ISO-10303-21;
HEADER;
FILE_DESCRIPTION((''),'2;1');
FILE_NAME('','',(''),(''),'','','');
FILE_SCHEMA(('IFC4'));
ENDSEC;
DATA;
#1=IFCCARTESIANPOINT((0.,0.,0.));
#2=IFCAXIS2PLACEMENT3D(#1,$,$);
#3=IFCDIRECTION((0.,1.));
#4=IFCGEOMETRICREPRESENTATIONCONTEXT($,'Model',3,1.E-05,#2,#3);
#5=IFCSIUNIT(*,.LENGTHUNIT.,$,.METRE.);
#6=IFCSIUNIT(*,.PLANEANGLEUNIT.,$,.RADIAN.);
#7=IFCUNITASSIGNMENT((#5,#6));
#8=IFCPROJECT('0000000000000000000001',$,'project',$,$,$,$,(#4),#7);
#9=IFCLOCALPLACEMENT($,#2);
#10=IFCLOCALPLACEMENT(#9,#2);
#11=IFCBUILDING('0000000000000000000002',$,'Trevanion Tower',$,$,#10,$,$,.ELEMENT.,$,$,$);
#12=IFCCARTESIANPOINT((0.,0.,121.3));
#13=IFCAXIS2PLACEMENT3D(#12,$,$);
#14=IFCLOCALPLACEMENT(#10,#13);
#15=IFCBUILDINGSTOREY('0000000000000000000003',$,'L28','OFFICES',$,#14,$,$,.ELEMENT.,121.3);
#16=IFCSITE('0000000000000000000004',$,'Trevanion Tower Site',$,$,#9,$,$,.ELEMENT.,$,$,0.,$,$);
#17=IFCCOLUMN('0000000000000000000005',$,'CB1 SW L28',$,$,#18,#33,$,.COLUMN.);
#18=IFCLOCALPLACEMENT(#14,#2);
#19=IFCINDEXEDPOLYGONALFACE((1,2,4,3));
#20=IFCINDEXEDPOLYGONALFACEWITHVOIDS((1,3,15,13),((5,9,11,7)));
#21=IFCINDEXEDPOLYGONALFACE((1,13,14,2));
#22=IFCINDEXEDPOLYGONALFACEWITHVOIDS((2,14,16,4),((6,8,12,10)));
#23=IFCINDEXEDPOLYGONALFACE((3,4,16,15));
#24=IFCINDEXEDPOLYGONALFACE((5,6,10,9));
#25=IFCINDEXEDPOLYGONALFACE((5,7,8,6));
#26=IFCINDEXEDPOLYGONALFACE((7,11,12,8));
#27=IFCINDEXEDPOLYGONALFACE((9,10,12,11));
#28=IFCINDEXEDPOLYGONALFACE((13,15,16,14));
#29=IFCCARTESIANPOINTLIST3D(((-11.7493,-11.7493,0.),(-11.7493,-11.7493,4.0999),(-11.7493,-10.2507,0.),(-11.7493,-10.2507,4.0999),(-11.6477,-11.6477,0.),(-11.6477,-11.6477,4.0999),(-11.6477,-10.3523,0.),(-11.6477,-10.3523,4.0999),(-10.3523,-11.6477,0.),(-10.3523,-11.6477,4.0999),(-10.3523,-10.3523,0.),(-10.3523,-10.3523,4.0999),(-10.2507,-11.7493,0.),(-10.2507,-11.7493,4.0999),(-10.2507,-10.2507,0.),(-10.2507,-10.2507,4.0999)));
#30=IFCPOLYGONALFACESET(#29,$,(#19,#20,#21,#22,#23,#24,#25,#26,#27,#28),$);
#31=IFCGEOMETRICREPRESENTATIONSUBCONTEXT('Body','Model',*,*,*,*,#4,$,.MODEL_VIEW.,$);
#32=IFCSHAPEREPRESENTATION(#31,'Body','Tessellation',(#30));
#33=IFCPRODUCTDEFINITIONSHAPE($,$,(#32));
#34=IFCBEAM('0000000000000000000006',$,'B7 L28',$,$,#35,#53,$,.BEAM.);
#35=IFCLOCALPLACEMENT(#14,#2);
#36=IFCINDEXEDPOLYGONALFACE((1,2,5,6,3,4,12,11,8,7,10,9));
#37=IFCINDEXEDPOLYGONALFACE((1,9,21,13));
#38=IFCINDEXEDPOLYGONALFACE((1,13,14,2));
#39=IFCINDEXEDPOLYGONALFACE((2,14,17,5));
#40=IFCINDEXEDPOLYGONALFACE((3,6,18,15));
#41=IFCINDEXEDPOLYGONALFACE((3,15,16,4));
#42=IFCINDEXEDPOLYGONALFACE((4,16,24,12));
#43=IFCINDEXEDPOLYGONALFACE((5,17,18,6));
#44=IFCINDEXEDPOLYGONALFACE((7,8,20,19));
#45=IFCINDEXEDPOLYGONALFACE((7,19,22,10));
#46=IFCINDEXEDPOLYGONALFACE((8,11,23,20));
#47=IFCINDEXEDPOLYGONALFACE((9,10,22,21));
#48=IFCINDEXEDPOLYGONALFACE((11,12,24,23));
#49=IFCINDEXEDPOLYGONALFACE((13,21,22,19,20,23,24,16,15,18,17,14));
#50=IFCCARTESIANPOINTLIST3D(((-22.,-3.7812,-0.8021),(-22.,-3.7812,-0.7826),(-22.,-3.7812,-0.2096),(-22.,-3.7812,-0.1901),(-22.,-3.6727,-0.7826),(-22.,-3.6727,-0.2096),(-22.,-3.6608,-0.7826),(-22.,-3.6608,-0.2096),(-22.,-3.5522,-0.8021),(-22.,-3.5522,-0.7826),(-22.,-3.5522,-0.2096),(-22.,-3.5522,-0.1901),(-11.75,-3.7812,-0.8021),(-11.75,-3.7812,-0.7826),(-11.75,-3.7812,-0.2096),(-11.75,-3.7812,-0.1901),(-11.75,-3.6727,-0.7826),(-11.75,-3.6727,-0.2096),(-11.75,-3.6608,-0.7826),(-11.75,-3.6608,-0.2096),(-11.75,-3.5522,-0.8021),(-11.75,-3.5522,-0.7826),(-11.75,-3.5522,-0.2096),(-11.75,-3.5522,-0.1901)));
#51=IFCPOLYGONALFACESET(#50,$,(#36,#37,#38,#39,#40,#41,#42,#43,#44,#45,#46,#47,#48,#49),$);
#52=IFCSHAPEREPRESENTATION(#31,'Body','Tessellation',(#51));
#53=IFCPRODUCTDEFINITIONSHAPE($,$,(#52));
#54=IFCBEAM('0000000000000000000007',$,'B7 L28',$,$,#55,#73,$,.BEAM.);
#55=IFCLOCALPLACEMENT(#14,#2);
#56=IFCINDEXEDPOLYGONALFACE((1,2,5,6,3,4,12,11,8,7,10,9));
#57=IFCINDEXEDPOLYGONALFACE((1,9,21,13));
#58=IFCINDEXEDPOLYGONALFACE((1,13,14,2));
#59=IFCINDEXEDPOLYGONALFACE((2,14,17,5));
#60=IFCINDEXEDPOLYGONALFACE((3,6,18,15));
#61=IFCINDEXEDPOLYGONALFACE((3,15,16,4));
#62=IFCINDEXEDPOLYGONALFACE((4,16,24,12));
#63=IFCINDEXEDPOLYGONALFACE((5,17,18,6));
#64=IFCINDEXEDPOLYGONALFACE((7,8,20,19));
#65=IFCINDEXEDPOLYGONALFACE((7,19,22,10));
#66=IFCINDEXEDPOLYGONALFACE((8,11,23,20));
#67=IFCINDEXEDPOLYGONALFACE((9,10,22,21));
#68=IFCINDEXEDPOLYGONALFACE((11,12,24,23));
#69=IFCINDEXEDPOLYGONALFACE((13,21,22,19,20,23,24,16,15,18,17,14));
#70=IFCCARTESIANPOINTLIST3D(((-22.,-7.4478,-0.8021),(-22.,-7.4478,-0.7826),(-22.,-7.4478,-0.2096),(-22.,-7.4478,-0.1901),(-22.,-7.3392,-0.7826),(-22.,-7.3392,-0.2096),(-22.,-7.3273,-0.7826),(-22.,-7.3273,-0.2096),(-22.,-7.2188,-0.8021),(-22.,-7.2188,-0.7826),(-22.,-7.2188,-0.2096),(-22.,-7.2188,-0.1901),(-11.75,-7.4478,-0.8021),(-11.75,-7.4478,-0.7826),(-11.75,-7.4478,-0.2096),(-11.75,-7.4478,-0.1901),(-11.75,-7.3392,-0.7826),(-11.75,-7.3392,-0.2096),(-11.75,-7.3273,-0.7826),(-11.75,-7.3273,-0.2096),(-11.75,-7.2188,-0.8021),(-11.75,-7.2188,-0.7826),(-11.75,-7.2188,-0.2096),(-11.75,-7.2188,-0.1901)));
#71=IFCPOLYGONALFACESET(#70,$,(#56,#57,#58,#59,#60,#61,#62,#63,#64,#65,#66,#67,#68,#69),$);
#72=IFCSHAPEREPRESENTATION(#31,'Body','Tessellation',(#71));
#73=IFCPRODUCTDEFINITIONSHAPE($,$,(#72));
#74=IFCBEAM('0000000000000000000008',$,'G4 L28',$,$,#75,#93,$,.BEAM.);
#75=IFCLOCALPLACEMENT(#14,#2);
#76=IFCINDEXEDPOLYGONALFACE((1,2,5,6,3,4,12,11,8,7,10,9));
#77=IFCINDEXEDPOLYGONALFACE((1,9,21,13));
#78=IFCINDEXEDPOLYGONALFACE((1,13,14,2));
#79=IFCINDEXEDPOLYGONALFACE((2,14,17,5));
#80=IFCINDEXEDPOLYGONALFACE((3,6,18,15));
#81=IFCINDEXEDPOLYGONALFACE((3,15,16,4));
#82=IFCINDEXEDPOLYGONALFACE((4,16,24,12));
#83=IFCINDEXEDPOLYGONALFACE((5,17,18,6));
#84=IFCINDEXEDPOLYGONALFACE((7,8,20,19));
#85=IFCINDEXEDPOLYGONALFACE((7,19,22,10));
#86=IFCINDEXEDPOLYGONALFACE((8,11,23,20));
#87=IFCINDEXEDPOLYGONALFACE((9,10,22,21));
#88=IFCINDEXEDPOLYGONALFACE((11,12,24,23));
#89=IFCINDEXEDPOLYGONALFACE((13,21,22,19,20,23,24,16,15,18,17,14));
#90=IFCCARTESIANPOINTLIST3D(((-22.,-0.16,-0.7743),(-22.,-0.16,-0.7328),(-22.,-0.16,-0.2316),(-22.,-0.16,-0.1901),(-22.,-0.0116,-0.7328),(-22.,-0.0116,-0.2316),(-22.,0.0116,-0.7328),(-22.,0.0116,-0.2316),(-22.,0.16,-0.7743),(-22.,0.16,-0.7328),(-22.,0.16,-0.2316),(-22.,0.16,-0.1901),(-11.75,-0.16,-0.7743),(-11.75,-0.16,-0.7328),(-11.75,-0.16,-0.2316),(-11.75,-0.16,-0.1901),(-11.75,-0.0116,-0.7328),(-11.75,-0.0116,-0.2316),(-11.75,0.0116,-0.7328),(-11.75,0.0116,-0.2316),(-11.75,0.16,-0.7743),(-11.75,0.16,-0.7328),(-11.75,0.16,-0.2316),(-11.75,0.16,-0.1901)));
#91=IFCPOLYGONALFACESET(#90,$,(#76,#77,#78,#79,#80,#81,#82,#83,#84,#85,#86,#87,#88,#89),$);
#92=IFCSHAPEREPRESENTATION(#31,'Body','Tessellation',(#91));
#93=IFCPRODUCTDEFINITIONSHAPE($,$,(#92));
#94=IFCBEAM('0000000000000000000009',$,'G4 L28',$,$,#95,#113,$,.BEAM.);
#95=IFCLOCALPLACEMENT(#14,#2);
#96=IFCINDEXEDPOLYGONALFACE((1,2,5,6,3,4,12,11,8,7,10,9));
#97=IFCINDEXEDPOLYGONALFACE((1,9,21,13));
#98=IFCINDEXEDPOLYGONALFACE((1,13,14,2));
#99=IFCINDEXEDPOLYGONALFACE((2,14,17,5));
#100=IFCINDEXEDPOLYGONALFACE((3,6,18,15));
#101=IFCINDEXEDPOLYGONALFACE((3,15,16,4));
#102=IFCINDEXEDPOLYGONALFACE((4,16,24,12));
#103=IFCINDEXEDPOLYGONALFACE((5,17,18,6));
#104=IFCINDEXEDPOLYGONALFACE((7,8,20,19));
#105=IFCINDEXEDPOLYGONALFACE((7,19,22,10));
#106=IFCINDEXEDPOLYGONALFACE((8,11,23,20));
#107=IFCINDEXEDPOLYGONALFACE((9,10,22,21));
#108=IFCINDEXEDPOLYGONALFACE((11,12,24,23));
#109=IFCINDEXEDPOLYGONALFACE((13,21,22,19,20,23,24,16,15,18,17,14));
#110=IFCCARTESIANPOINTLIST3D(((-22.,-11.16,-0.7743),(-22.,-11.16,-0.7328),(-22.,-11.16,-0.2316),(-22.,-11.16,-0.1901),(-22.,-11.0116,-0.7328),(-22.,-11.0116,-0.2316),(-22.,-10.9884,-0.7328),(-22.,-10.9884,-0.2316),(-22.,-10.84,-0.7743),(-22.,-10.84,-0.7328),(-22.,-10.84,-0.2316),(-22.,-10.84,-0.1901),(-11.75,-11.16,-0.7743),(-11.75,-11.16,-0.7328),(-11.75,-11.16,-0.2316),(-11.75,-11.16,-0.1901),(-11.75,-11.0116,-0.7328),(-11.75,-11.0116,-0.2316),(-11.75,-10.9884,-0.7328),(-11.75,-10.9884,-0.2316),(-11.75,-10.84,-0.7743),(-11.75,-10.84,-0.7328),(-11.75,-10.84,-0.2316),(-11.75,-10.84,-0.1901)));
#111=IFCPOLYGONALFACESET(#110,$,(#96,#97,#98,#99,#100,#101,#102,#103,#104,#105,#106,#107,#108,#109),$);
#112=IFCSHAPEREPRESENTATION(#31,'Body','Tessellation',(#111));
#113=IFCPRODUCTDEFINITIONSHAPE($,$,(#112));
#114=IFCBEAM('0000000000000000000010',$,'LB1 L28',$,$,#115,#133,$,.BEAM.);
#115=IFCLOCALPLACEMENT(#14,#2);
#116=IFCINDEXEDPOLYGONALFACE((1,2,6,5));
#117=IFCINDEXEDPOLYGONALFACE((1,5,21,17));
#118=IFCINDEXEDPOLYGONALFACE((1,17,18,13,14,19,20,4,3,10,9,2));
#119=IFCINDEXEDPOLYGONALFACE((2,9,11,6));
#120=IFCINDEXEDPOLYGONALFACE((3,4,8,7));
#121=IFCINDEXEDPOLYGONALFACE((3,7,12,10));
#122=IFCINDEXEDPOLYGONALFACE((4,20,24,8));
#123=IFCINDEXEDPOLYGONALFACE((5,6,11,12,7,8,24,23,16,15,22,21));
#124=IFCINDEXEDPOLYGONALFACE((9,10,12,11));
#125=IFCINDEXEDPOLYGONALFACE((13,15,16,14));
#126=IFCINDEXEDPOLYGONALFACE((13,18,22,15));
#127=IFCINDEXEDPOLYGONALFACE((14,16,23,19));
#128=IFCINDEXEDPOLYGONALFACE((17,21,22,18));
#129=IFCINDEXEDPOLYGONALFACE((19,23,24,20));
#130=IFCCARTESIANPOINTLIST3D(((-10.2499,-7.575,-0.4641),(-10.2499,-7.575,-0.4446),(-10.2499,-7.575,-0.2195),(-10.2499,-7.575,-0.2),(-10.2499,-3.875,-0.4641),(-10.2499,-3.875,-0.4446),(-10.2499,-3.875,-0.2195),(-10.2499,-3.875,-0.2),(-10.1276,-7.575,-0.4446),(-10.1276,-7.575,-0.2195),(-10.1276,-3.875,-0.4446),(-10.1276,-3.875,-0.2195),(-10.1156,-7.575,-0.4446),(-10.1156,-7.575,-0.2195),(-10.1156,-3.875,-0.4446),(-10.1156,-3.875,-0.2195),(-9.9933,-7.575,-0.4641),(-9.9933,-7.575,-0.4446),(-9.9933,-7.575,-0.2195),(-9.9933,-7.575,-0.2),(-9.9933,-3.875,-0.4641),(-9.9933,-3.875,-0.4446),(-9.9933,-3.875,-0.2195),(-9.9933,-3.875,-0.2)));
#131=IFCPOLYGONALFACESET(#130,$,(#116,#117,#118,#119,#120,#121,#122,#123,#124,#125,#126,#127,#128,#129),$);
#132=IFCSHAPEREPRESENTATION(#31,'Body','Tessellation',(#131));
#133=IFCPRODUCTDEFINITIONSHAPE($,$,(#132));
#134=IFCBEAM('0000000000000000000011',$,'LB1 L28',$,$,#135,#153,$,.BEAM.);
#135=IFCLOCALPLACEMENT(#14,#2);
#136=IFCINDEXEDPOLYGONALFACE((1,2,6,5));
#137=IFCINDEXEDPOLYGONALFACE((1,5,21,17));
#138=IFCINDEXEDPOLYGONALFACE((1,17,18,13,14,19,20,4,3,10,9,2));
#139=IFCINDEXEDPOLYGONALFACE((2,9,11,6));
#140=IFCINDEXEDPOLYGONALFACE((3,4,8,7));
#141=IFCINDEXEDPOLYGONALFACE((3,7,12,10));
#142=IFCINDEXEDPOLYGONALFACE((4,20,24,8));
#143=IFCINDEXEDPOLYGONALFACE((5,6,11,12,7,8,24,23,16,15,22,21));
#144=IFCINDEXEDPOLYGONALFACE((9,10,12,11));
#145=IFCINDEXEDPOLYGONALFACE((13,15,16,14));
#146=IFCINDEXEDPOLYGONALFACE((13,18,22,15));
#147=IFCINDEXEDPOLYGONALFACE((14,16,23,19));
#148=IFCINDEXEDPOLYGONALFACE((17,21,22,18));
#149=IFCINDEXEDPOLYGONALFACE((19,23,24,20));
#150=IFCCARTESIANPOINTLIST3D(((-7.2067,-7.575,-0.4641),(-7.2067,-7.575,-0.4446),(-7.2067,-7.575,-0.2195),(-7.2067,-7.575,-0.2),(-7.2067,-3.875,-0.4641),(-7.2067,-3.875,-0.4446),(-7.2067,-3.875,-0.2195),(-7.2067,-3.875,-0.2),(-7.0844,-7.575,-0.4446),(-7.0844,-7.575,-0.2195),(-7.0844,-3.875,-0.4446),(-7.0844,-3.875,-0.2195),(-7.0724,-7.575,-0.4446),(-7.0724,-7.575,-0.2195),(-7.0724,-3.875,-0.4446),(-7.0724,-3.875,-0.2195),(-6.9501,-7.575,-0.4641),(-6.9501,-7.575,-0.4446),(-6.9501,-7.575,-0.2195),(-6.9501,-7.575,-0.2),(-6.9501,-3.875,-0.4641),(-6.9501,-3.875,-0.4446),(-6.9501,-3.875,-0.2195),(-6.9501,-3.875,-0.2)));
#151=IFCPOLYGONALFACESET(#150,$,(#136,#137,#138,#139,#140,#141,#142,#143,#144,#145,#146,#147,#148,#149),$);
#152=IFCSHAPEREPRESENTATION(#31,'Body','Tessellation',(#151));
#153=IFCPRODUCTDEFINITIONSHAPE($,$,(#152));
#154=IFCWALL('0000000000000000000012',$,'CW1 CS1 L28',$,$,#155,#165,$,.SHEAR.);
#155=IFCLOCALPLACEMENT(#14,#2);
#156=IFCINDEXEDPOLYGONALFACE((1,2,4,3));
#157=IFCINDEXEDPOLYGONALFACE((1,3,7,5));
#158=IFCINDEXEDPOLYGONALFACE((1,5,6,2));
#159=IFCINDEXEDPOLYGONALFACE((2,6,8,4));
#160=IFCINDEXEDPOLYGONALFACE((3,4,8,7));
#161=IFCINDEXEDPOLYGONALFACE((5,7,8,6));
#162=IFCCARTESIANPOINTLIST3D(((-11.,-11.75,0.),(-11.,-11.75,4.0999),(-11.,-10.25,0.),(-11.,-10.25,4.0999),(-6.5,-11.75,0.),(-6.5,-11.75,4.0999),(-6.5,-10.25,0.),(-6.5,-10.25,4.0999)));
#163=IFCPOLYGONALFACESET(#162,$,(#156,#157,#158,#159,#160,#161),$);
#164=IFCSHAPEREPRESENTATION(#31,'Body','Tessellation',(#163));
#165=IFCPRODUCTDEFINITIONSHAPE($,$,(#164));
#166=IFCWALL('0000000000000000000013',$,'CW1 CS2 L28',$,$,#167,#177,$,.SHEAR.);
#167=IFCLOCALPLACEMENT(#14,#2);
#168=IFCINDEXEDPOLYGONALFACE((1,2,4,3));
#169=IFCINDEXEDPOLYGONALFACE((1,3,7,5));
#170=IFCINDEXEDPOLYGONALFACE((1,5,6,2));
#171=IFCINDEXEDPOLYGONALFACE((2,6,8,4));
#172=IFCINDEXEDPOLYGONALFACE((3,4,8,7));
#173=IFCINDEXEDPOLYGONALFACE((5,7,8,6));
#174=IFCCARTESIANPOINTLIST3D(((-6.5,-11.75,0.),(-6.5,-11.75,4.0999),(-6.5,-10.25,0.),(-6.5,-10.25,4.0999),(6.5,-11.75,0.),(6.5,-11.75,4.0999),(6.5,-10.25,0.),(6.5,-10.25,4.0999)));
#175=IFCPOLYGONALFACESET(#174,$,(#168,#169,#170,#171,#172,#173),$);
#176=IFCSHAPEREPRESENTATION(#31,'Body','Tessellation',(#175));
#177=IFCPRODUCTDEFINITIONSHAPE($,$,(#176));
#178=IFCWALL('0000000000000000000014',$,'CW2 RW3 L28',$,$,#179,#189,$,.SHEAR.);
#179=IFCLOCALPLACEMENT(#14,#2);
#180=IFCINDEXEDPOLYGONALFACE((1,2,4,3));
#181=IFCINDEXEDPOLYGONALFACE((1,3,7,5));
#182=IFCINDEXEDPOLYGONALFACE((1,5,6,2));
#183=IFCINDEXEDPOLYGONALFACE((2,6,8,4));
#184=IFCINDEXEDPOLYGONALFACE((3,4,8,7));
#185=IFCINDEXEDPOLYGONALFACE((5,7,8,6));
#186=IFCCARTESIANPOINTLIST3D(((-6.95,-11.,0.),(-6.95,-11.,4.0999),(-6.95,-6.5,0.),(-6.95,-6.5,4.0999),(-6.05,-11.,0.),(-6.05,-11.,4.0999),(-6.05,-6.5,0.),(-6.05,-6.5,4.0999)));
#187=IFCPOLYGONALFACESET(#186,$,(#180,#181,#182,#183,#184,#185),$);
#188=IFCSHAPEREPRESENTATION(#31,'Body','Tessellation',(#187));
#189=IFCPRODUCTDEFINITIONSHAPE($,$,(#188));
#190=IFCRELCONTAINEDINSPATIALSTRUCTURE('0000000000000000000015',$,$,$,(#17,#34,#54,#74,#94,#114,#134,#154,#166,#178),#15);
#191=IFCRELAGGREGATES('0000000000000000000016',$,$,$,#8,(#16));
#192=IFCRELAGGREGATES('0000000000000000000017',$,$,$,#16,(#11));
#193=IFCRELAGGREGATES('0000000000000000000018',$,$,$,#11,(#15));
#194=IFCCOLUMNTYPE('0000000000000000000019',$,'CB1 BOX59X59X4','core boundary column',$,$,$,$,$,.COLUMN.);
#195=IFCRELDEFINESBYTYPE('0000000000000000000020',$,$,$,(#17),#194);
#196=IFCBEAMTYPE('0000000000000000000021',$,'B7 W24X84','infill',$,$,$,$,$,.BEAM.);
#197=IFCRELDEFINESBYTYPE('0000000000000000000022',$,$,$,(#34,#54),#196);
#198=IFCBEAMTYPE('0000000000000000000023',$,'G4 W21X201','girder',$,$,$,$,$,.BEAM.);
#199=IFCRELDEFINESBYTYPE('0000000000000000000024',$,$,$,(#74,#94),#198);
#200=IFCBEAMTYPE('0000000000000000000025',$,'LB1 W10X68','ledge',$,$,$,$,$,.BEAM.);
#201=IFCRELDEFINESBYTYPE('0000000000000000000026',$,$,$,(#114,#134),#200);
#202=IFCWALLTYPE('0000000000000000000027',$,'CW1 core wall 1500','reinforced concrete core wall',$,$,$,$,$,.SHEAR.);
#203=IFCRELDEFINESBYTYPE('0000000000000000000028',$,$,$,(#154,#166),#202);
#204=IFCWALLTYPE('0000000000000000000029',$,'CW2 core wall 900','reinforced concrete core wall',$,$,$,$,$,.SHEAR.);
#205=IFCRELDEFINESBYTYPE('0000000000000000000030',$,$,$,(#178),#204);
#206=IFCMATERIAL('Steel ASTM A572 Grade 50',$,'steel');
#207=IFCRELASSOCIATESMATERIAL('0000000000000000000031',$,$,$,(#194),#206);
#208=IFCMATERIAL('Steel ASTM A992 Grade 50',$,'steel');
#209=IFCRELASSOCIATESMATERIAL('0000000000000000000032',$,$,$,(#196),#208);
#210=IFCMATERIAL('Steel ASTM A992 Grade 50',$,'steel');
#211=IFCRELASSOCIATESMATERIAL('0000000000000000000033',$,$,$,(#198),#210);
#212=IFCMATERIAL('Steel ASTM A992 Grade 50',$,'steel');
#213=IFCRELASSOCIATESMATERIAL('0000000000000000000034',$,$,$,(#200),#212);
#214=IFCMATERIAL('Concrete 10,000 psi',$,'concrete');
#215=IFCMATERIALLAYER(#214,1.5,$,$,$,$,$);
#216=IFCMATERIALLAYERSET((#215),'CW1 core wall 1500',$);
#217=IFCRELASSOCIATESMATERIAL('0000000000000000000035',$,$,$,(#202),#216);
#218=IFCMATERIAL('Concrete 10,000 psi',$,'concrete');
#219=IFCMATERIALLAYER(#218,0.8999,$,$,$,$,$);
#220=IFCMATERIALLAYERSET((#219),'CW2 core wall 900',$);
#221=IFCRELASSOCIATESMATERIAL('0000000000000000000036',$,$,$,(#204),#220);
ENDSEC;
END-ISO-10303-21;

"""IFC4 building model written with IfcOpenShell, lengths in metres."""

from ifc_helpers import new_model, si_unit, direction, frame, frame_2d, origin, origin_2d, place, context, subcontext, project, spatial, rectangle, hollow_rectangle, i_section, extrude, material, layer, layer_set, material_profile, profile_set, type_object, element, save


model = new_model("IFC4")

# Units and contexts
model_context = context("Model", 3, precision=1e-05, world=origin(), true_north=direction((0.0, 1.0)))
body_context = subcontext(model_context, "Body", "Model", "MODEL_VIEW")
ifc_project = project(units=[si_unit("LENGTHUNIT", "METRE"), si_unit("PLANEANGLEUNIT", "RADIAN")], contexts=[model_context])

# Site, building, storey
site_placement = place(None, origin())
site = spatial("IfcSite", under=ifc_project, at=site_placement, Name="Trevanion Tower Site", CompositionType="ELEMENT", RefElevation=0.0)
building_placement = place(site_placement, origin())
building = spatial("IfcBuilding", under=site, at=building_placement, Name="Trevanion Tower", CompositionType="ELEMENT")
storey_placement = place(building_placement, frame((0.0, 0.0, 121.3)))
storey = spatial("IfcBuildingStorey", under=building, at=storey_placement, Name="L28", Description="OFFICES", CompositionType="ELEMENT", Elevation=121.3)

# Column
ifc_material_1 = material(Name="Steel ASTM A572 Grade 50", Category="steel")
ifc_material_profile_1 = material_profile(ifc_material_1, hollow_rectangle(XDim=1.4985, YDim=1.4985, WallThickness=0.1016, at=origin_2d()), Name="BOX59X59X4")
ifc_profile_set_1 = profile_set([ifc_material_profile_1], Name="Steel ASTM A572 Grade 50")
column_type = type_object("IfcColumnType", Name="CB1 BOX59X59X4", Description="core boundary column", PredefinedType="COLUMN", material=ifc_profile_set_1)
column_placement = place(storey_placement, frame((-11.0, -11.0, 0.0), z_axis=(0.0, 0.0, 1.0), x_axis=(1.0, 0.0, 0.0)))
element("IfcColumn", 1, at=column_placement, inside=storey, type_object=column_type, Name="CB1 SW L28", PredefinedType="COLUMN", context=body_context, shape_type="SweptSolid", body=[
    extrude(hollow_rectangle(XDim=1.4985, YDim=1.4985, WallThickness=0.1016, at=origin_2d()), origin(), (0.0, 0.0, 1.0), 4.0999),
])

# Beams
ifc_material_2 = material(Name="Steel ASTM A992 Grade 50", Category="steel")
ifc_material_profile_2 = material_profile(ifc_material_2, i_section(OverallWidth=0.229, OverallDepth=0.6121, WebThickness=0.012, FlangeThickness=0.0195, at=origin_2d()), Name="W24X84")
ifc_profile_set_2 = profile_set([ifc_material_profile_2], Name="Steel ASTM A992 Grade 50")
beam_type_1 = type_object("IfcBeamType", Name="B7 W24X84", Description="infill", PredefinedType="BEAM", material=ifc_profile_set_2)
for number, where, z_axis, x_axis, name in (
    (2, (-11.75, -3.6667, -0.4961), (-1.0, 0.0, 0.0), (0.0, -1.0, 0.0), "B7 L28"),
    (3, (-11.75, -7.3333, -0.4961), (-1.0, 0.0, 0.0), (0.0, -1.0, 0.0), "B7 L28"),
):
    element("IfcBeam", number, at=place(storey_placement, frame(where, z_axis=z_axis, x_axis=x_axis)), inside=storey, type_object=beam_type_1, Name=name, PredefinedType="BEAM", context=body_context, shape_type="SweptSolid", body=[
        extrude(i_section(OverallWidth=0.229, OverallDepth=0.6121, WebThickness=0.012, FlangeThickness=0.0195, at=origin_2d()), origin(), (0.0, 0.0, 1.0), 10.25),
    ])
ifc_material_3 = material(Name="Steel ASTM A992 Grade 50", Category="steel")
ifc_material_profile_3 = material_profile(ifc_material_3, i_section(OverallWidth=0.3201, OverallDepth=0.5842, WebThickness=0.0232, FlangeThickness=0.0415, at=origin_2d()), Name="W21X201")
ifc_profile_set_3 = profile_set([ifc_material_profile_3], Name="Steel ASTM A992 Grade 50")
beam_type_2 = type_object("IfcBeamType", Name="G4 W21X201", Description="girder", PredefinedType="BEAM", material=ifc_profile_set_3)
for number, where, z_axis, x_axis, name in (
    (4, (-11.75, 0.0, -0.4822), (-1.0, 0.0, 0.0), (0.0, -1.0, 0.0), "G4 L28"),
    (5, (-11.75, -11.0, -0.4822), (-1.0, 0.0, 0.0), (0.0, -1.0, 0.0), "G4 L28"),
):
    element("IfcBeam", number, at=place(storey_placement, frame(where, z_axis=z_axis, x_axis=x_axis)), inside=storey, type_object=beam_type_2, Name=name, PredefinedType="BEAM", context=body_context, shape_type="SweptSolid", body=[
        extrude(i_section(OverallWidth=0.3201, OverallDepth=0.5842, WebThickness=0.0232, FlangeThickness=0.0415, at=origin_2d()), origin(), (0.0, 0.0, 1.0), 10.25),
    ])
ifc_material_4 = material(Name="Steel ASTM A992 Grade 50", Category="steel")
ifc_material_profile_4 = material_profile(ifc_material_4, i_section(OverallWidth=0.2566, OverallDepth=0.2642, WebThickness=0.012, FlangeThickness=0.0195, at=origin_2d()), Name="W10X68")
ifc_profile_set_4 = profile_set([ifc_material_profile_4], Name="Steel ASTM A992 Grade 50")
beam_type_3 = type_object("IfcBeamType", Name="LB1 W10X68", Description="ledge", PredefinedType="BEAM", material=ifc_profile_set_4)
for number, where, z_axis, x_axis, name in (
    (6, (-10.1216, -7.575, -0.332), (0.0, 1.0, 0.0), (-1.0, 0.0, 0.0), "LB1 L28"),
    (7, (-7.0784, -7.575, -0.332), (0.0, 1.0, 0.0), (-1.0, 0.0, 0.0), "LB1 L28"),
):
    element("IfcBeam", number, at=place(storey_placement, frame(where, z_axis=z_axis, x_axis=x_axis)), inside=storey, type_object=beam_type_3, Name=name, PredefinedType="BEAM", context=body_context, shape_type="SweptSolid", body=[
        extrude(i_section(OverallWidth=0.2566, OverallDepth=0.2642, WebThickness=0.012, FlangeThickness=0.0195, at=origin_2d()), origin(), (0.0, 0.0, 1.0), 3.7),
    ])

# Walls
ifc_material_5 = material(Name="Concrete 10,000 psi", Category="concrete")
ifc_layer_1 = layer(ifc_material_5, 1.5)
ifc_layer_set_1 = layer_set([ifc_layer_1], Name="CW1 core wall 1500")
wall_type_1 = type_object("IfcWallType", Name="CW1 core wall 1500", Description="reinforced concrete core wall", PredefinedType="SHEAR", material=ifc_layer_set_1)
wall_1_placement = place(storey_placement, frame((-11.0, -11.0, 0.0), z_axis=(0.0, 0.0, 1.0), x_axis=(1.0, 0.0, 0.0)))
element("IfcWall", 8, at=wall_1_placement, inside=storey, type_object=wall_type_1, Name="CW1 CS1 L28", PredefinedType="SHEAR", context=body_context, shape_type="SweptSolid", body=[
    extrude(rectangle(XDim=4.5, YDim=1.5, at=frame_2d((2.25, 0.0))), origin(), (0.0, 0.0, 1.0), 4.0999),
])
wall_2_placement = place(storey_placement, frame((-6.5, -11.0, 0.0), z_axis=(0.0, 0.0, 1.0), x_axis=(1.0, 0.0, 0.0)))
element("IfcWall", 9, at=wall_2_placement, inside=storey, type_object=wall_type_1, Name="CW1 CS2 L28", PredefinedType="SHEAR", context=body_context, shape_type="SweptSolid", body=[
    extrude(rectangle(XDim=13.0, YDim=1.5, at=frame_2d((6.5, 0.0))), origin(), (0.0, 0.0, 1.0), 4.0999),
])
ifc_material_6 = material(Name="Concrete 10,000 psi", Category="concrete")
ifc_layer_2 = layer(ifc_material_6, 0.8999)
ifc_layer_set_2 = layer_set([ifc_layer_2], Name="CW2 core wall 900")
wall_type_2 = type_object("IfcWallType", Name="CW2 core wall 900", Description="reinforced concrete core wall", PredefinedType="SHEAR", material=ifc_layer_set_2)
wall_3_placement = place(storey_placement, frame((-6.5, -6.5, 0.0), z_axis=(0.0, 0.0, 1.0), x_axis=(0.0, -1.0, 0.0)))
element("IfcWall", 10, at=wall_3_placement, inside=storey, type_object=wall_type_2, Name="CW2 RW3 L28", PredefinedType="SHEAR", context=body_context, shape_type="SweptSolid", body=[
    extrude(rectangle(XDim=4.5, YDim=0.8999, at=frame_2d((2.25, 0.0))), origin(), (0.0, 0.0, 1.0), 4.0999),
])

save(model, "model.ifc")
